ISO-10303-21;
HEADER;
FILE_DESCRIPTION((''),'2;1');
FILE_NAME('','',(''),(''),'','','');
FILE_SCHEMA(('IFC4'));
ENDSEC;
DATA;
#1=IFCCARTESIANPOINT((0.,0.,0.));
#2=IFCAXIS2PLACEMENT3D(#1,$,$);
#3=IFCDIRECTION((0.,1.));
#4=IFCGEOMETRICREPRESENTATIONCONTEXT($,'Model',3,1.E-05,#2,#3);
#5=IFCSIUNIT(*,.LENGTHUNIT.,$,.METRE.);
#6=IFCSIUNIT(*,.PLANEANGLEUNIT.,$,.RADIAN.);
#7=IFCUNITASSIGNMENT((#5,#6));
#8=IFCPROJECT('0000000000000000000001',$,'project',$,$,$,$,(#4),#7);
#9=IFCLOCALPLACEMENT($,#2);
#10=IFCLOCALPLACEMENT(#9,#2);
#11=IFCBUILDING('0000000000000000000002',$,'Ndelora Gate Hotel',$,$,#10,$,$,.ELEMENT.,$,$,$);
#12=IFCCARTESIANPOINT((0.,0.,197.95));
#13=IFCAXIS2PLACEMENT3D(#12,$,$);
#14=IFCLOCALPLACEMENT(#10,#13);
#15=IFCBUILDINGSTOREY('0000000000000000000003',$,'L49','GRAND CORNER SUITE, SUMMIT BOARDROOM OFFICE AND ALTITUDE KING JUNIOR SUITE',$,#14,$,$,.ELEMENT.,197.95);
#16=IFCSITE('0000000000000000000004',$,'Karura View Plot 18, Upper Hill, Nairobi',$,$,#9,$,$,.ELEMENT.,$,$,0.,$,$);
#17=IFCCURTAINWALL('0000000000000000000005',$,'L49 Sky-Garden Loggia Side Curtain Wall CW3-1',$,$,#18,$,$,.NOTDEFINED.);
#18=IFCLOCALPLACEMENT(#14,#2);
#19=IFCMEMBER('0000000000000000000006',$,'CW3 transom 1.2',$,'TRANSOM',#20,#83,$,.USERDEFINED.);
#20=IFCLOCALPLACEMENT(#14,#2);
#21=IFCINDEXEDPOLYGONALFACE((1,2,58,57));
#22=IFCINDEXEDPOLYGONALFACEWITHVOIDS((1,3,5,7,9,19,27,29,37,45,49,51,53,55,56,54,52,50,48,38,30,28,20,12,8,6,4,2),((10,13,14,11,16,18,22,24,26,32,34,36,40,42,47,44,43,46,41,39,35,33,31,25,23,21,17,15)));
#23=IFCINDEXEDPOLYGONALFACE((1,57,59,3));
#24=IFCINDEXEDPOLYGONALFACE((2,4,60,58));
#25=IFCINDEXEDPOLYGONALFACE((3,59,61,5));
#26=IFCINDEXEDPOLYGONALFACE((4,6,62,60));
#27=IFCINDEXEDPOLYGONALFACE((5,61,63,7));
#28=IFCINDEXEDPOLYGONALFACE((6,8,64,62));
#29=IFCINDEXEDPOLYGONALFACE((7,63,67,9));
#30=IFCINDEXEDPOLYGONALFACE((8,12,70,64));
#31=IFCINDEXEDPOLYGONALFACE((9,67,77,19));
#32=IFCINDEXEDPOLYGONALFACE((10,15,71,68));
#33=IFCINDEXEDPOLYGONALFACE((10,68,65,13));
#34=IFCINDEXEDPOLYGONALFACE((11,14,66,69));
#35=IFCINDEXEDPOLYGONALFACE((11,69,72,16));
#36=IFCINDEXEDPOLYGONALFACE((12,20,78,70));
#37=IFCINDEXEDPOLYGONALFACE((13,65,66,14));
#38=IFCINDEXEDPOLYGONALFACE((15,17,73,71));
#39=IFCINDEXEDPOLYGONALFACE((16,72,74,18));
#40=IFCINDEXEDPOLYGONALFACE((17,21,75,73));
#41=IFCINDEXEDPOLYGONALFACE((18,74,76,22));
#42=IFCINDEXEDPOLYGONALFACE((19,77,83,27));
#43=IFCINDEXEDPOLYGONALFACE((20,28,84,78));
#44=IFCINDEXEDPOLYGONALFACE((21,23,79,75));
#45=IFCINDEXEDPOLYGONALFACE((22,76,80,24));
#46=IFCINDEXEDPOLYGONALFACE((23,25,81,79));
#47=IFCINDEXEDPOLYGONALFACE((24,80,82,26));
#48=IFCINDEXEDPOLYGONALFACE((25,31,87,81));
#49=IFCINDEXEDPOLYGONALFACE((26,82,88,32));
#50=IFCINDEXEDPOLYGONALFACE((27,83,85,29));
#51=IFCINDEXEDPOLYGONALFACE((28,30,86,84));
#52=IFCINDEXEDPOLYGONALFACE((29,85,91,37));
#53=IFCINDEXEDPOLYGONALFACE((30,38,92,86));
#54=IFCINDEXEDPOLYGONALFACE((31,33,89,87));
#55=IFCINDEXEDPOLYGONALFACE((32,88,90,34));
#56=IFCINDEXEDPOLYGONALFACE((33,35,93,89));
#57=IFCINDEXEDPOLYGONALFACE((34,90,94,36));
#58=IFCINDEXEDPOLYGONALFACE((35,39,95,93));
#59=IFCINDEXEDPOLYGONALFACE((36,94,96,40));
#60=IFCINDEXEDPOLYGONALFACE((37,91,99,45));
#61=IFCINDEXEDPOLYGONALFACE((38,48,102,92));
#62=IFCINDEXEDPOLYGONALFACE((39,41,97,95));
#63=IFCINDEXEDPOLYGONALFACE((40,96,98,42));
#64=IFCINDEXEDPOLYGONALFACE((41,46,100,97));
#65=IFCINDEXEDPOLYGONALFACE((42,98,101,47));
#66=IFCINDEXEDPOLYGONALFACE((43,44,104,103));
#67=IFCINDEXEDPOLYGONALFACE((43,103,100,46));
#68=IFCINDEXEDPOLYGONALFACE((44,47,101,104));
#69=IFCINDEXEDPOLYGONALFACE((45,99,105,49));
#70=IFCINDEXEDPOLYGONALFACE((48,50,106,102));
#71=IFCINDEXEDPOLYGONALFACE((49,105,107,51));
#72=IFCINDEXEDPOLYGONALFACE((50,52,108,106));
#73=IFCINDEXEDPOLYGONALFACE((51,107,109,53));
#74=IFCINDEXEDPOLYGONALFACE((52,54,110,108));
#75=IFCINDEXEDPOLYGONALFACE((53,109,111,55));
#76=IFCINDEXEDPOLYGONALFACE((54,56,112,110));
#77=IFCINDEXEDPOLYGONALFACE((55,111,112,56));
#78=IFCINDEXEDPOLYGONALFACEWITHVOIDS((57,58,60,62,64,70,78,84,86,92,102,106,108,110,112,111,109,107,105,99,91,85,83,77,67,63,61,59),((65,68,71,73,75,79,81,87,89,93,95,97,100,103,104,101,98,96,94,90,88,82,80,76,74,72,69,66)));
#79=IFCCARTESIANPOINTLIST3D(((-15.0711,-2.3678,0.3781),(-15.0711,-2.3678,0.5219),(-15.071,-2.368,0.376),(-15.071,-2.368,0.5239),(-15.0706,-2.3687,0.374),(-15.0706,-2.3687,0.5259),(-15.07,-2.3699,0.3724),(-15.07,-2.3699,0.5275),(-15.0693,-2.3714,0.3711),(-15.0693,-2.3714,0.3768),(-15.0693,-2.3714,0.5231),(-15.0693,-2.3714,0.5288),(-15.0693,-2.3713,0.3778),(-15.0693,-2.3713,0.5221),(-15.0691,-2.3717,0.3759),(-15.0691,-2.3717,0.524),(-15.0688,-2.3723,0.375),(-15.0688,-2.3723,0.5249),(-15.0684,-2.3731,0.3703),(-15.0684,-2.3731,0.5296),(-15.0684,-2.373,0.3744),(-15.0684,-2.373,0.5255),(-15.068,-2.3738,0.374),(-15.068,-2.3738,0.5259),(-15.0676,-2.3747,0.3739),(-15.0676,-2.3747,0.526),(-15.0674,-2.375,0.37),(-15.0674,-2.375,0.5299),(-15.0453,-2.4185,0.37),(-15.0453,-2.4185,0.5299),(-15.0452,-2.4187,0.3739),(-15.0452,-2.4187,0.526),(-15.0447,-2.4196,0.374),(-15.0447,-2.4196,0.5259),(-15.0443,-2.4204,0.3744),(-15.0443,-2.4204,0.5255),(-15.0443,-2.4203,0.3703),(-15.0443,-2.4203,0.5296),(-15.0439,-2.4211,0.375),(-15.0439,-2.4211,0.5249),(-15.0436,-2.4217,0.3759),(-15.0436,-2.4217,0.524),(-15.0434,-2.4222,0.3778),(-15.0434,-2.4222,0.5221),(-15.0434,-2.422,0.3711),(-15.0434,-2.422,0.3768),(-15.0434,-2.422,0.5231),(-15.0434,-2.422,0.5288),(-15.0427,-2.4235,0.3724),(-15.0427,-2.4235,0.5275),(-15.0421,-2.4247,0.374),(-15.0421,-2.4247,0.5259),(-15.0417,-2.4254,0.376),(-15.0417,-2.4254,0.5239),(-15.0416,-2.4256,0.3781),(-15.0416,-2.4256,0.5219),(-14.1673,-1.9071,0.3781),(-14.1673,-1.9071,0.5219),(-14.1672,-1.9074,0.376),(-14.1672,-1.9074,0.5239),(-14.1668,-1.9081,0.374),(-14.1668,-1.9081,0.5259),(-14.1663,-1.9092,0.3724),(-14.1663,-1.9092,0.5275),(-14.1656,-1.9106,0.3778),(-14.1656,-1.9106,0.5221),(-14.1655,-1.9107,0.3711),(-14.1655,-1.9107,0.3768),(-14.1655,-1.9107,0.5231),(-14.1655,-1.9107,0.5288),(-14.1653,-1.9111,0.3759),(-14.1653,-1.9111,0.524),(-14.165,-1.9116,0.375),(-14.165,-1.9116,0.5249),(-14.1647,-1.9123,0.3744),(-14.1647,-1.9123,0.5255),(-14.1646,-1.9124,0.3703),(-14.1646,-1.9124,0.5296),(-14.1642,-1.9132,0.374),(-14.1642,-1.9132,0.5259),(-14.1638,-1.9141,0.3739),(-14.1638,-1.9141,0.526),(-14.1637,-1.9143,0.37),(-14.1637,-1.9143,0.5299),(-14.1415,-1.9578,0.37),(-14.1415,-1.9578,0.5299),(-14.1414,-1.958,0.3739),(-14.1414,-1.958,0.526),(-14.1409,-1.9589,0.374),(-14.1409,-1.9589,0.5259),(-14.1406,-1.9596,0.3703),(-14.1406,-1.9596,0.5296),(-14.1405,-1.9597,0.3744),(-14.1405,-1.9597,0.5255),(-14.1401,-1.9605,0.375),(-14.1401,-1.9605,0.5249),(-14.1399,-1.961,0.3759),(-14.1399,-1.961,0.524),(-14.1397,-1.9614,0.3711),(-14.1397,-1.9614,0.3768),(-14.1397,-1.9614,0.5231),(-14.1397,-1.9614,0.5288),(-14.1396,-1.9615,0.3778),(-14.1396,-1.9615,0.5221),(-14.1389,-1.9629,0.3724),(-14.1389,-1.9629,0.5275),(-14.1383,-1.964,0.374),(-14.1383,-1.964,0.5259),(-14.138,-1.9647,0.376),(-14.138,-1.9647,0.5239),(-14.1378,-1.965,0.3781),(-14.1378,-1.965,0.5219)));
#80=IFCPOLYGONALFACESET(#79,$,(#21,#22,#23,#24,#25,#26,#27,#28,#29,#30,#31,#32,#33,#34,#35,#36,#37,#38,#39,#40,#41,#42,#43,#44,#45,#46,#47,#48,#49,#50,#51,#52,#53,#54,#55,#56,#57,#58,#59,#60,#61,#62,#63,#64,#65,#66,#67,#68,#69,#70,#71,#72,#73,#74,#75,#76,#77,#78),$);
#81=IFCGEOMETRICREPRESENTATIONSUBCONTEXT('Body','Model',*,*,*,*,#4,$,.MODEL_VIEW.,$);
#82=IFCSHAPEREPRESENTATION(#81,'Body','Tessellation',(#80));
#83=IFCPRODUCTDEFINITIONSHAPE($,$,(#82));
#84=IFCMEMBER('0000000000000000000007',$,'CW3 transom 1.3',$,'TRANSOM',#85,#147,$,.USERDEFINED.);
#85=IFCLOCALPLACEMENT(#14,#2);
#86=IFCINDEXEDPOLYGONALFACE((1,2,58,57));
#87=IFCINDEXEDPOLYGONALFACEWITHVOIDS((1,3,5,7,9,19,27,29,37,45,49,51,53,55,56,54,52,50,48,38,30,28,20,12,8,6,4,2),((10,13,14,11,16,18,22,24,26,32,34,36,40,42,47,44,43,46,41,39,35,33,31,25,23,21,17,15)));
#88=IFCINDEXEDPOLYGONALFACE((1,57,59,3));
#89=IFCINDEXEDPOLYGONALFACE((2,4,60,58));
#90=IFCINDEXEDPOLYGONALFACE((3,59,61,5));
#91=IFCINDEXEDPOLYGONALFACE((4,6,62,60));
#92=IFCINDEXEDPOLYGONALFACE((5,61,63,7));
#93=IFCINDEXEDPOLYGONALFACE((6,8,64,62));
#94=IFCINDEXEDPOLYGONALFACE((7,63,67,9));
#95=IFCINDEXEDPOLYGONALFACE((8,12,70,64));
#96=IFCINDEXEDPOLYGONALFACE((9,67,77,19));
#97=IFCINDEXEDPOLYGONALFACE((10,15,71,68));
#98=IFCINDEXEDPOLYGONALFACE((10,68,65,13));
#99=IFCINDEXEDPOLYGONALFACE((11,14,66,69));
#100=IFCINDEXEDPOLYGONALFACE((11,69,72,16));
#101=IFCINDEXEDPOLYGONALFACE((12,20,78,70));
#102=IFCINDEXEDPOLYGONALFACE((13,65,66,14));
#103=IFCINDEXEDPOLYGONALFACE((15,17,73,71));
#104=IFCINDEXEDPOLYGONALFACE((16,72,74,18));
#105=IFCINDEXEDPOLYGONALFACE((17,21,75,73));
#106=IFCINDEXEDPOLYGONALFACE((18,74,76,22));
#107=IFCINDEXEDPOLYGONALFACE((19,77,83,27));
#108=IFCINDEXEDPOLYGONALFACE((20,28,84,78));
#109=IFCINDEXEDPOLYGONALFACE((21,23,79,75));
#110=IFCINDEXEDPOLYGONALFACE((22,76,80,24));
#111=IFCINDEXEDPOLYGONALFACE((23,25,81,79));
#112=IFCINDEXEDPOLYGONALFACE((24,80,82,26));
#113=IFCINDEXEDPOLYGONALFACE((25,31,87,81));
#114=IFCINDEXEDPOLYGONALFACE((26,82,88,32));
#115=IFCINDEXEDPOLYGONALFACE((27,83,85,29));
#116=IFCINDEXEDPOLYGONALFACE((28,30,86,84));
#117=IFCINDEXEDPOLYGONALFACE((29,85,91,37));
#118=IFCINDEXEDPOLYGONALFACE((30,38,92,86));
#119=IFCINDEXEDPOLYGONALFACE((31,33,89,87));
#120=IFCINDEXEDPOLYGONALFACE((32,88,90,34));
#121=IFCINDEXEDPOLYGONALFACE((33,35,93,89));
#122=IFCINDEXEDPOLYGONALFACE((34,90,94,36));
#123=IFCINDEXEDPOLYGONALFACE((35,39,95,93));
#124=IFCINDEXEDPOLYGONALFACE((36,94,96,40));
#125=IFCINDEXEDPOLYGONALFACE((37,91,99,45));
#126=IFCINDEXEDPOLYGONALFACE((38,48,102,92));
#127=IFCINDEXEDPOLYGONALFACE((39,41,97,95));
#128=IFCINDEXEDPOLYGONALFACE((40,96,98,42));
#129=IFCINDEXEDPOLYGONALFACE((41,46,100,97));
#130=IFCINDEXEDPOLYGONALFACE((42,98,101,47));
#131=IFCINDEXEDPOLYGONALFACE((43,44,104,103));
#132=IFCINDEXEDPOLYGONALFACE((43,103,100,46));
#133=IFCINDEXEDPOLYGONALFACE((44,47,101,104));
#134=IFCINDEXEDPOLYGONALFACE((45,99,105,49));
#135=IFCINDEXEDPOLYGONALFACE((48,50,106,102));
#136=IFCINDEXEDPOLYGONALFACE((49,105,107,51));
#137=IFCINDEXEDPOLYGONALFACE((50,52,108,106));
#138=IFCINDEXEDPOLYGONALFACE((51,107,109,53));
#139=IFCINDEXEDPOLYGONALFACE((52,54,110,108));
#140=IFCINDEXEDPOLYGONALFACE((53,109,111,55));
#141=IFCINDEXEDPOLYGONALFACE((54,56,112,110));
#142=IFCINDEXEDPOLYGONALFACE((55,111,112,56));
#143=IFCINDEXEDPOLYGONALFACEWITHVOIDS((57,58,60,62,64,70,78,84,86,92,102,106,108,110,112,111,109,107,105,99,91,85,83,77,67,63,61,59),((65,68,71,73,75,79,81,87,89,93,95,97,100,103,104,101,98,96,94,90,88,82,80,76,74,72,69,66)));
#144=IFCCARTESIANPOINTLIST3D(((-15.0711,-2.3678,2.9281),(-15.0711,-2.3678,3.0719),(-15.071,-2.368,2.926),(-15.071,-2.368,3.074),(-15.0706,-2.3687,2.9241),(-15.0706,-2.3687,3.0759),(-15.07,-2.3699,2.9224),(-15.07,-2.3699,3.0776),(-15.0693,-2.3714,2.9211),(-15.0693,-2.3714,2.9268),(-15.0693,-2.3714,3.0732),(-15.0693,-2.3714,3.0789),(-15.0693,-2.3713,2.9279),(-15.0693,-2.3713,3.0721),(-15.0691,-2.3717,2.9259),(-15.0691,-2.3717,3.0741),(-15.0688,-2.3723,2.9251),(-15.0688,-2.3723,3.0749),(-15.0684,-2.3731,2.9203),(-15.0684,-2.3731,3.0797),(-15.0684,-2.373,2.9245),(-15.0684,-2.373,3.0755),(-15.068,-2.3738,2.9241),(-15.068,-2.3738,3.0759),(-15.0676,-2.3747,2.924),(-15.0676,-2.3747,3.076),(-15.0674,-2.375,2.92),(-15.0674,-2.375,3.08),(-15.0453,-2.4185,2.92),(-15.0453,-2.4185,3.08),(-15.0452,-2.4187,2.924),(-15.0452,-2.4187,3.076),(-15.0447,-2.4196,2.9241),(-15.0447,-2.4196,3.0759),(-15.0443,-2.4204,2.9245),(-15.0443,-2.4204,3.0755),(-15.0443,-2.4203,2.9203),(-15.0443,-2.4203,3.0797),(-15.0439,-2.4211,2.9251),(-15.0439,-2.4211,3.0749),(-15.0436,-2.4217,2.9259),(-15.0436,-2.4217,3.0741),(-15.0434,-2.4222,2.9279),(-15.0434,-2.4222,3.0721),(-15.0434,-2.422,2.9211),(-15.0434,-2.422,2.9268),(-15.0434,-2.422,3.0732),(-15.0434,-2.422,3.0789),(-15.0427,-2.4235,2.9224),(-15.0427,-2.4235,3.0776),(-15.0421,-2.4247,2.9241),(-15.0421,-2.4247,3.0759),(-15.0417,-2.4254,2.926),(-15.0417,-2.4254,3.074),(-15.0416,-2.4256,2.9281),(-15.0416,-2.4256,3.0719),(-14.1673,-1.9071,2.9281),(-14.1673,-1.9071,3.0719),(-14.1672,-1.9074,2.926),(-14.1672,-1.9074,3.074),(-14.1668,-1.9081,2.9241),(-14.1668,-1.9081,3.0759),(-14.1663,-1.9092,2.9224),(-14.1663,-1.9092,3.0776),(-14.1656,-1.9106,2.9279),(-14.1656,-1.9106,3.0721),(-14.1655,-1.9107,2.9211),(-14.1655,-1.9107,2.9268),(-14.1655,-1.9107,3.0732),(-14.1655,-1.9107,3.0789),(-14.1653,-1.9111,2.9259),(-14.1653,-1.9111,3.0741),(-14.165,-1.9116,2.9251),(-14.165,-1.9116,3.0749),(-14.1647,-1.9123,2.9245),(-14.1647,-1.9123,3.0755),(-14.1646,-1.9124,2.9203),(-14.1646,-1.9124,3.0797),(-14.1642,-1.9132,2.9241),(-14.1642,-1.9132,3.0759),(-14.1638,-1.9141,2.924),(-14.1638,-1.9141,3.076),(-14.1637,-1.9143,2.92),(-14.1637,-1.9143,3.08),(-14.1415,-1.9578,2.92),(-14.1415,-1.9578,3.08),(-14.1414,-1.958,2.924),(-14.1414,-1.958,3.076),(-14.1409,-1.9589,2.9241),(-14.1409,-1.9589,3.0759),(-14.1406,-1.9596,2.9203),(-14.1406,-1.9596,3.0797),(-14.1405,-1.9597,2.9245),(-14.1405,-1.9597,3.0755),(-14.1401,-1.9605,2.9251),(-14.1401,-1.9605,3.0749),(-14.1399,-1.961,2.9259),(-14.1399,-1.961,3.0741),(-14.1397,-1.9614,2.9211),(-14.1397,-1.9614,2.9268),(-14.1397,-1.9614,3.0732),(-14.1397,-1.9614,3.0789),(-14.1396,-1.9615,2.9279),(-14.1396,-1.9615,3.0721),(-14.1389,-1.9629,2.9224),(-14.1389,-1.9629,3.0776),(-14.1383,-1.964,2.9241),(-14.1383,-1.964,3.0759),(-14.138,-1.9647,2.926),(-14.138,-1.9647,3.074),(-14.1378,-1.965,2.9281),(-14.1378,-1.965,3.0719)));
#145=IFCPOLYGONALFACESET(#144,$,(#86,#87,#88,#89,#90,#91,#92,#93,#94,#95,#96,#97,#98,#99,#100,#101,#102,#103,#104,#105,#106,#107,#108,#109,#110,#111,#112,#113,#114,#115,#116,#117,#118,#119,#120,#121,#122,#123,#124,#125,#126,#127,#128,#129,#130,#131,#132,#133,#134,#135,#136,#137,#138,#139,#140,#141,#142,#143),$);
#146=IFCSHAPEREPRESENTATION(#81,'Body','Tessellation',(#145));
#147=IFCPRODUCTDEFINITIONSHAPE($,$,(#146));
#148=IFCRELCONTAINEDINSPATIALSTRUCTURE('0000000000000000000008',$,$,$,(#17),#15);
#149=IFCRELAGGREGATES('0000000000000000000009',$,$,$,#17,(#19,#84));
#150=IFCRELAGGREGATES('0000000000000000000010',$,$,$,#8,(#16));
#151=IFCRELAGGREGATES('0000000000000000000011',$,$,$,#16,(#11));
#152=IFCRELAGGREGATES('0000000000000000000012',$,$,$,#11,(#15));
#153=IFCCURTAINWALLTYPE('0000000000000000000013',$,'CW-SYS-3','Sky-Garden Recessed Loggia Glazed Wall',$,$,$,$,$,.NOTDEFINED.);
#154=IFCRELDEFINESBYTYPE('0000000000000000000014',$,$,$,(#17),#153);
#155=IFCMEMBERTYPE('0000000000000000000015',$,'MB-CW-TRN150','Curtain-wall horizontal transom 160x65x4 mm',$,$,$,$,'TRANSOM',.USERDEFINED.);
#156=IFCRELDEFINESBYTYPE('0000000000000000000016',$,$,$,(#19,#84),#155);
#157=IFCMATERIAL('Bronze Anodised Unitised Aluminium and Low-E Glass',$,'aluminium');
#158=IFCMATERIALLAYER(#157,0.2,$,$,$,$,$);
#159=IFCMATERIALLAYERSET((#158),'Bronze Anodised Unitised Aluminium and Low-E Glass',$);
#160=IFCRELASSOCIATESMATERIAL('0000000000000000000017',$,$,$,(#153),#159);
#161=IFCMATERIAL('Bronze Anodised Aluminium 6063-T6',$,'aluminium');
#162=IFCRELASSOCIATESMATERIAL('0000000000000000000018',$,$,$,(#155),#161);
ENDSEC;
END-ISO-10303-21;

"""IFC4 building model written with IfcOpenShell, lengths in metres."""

from ifc_helpers import new_model, si_unit, direction, frame, origin, origin_2d, place, context, subcontext, project, spatial, hollow_rectangle, extrude, material, layer, layer_set, material_profile, profile_set, type_object, element, aggregate, save


model = new_model("IFC4")

# Units and contexts
model_context = context("Model", 3, precision=1e-05, world=origin(), true_north=direction((0.0, 1.0)))
body_context = subcontext(model_context, "Body", "Model", "MODEL_VIEW")
ifc_project = project(units=[si_unit("LENGTHUNIT", "METRE"), si_unit("PLANEANGLEUNIT", "RADIAN")], contexts=[model_context])

# Site, building, storey
site_placement = place(None, origin())
site = spatial("IfcSite", under=ifc_project, at=site_placement, Name="Karura View Plot 18, Upper Hill, Nairobi", CompositionType="ELEMENT", RefElevation=0.0)
building_placement = place(site_placement, origin())
building = spatial("IfcBuilding", under=site, at=building_placement, Name="Ndelora Gate Hotel", CompositionType="ELEMENT")
storey_placement = place(building_placement, frame((0.0, 0.0, 197.95)))
storey = spatial("IfcBuildingStorey", under=building, at=storey_placement, Name="L49", Description="GRAND CORNER SUITE, SUMMIT BOARDROOM OFFICE AND ALTITUDE KING JUNIOR SUITE", CompositionType="ELEMENT", Elevation=197.95)

# Curtain wall, members
ifc_material_1 = material(Name="Bronze Anodised Unitised Aluminium and Low-E Glass", Category="aluminium")
ifc_layer_1 = layer(ifc_material_1, 0.2)
ifc_layer_set_1 = layer_set([ifc_layer_1], Name="Bronze Anodised Unitised Aluminium and Low-E Glass")
curtain_wall_type = type_object("IfcCurtainWallType", Name="CW-SYS-3", Description="Sky-Garden Recessed Loggia Glazed Wall", PredefinedType="NOTDEFINED", material=ifc_layer_set_1)
curtain_wall_placement = place(storey_placement, origin())
curtain_wall = element("IfcCurtainWall", 1, at=curtain_wall_placement, inside=storey, type_object=curtain_wall_type, Name="L49 Sky-Garden Loggia Side Curtain Wall CW3-1", PredefinedType="NOTDEFINED")
ifc_material_2 = material(Name="Bronze Anodised Aluminium 6063-T6", Category="aluminium")
ifc_material_profile_1 = material_profile(ifc_material_2, hollow_rectangle(XDim=0.0649, YDim=0.1599, WallThickness=0.0039, InnerFilletRadius=0.0039, OuterFilletRadius=0.0081, at=origin_2d()), Name="ALU 160x65x4")
ifc_profile_set_1 = profile_set([ifc_material_profile_1], Name="Bronze Anodised Aluminium 6063-T6")
member_type_1 = type_object("IfcMemberType", Name="MB-CW-TRN150", Description="Curtain-wall horizontal transom 160x65x4 mm", ElementType="TRANSOM", PredefinedType="USERDEFINED", material=ifc_profile_set_1)
member_1_placement = place(storey_placement, frame((-14.1526, -1.936, 0.45), z_axis=(-0.890935, -0.454131, 0.0), x_axis=(0.454131, -0.890935, 0.0)))
member_1 = element("IfcMember", 2, at=member_1_placement, type_object=member_type_1, Name="CW3 transom 1.2", ObjectType="TRANSOM", PredefinedType="USERDEFINED", context=body_context, shape_type="SweptSolid", body=[
    extrude(hollow_rectangle(XDim=0.0649, YDim=0.1599, WallThickness=0.0039, InnerFilletRadius=0.0039, OuterFilletRadius=0.0081, at=origin_2d()), origin(), (0.0, 0.0, 1.0), 1.0144),
])
member_2_placement = place(storey_placement, frame((-14.1526, -1.936, 3.0), z_axis=(-0.890935, -0.454131, 0.0), x_axis=(0.454131, -0.890935, 0.0)))
member_2 = element("IfcMember", 3, at=member_2_placement, type_object=member_type_1, Name="CW3 transom 1.3", ObjectType="TRANSOM", PredefinedType="USERDEFINED", context=body_context, shape_type="SweptSolid", body=[
    extrude(hollow_rectangle(XDim=0.0649, YDim=0.1599, WallThickness=0.0039, InnerFilletRadius=0.0039, OuterFilletRadius=0.0081, at=origin_2d()), origin(), (0.0, 0.0, 1.0), 1.0144),
])
aggregate(curtain_wall, [member_1, member_2])

save(model, "model.ifc")
